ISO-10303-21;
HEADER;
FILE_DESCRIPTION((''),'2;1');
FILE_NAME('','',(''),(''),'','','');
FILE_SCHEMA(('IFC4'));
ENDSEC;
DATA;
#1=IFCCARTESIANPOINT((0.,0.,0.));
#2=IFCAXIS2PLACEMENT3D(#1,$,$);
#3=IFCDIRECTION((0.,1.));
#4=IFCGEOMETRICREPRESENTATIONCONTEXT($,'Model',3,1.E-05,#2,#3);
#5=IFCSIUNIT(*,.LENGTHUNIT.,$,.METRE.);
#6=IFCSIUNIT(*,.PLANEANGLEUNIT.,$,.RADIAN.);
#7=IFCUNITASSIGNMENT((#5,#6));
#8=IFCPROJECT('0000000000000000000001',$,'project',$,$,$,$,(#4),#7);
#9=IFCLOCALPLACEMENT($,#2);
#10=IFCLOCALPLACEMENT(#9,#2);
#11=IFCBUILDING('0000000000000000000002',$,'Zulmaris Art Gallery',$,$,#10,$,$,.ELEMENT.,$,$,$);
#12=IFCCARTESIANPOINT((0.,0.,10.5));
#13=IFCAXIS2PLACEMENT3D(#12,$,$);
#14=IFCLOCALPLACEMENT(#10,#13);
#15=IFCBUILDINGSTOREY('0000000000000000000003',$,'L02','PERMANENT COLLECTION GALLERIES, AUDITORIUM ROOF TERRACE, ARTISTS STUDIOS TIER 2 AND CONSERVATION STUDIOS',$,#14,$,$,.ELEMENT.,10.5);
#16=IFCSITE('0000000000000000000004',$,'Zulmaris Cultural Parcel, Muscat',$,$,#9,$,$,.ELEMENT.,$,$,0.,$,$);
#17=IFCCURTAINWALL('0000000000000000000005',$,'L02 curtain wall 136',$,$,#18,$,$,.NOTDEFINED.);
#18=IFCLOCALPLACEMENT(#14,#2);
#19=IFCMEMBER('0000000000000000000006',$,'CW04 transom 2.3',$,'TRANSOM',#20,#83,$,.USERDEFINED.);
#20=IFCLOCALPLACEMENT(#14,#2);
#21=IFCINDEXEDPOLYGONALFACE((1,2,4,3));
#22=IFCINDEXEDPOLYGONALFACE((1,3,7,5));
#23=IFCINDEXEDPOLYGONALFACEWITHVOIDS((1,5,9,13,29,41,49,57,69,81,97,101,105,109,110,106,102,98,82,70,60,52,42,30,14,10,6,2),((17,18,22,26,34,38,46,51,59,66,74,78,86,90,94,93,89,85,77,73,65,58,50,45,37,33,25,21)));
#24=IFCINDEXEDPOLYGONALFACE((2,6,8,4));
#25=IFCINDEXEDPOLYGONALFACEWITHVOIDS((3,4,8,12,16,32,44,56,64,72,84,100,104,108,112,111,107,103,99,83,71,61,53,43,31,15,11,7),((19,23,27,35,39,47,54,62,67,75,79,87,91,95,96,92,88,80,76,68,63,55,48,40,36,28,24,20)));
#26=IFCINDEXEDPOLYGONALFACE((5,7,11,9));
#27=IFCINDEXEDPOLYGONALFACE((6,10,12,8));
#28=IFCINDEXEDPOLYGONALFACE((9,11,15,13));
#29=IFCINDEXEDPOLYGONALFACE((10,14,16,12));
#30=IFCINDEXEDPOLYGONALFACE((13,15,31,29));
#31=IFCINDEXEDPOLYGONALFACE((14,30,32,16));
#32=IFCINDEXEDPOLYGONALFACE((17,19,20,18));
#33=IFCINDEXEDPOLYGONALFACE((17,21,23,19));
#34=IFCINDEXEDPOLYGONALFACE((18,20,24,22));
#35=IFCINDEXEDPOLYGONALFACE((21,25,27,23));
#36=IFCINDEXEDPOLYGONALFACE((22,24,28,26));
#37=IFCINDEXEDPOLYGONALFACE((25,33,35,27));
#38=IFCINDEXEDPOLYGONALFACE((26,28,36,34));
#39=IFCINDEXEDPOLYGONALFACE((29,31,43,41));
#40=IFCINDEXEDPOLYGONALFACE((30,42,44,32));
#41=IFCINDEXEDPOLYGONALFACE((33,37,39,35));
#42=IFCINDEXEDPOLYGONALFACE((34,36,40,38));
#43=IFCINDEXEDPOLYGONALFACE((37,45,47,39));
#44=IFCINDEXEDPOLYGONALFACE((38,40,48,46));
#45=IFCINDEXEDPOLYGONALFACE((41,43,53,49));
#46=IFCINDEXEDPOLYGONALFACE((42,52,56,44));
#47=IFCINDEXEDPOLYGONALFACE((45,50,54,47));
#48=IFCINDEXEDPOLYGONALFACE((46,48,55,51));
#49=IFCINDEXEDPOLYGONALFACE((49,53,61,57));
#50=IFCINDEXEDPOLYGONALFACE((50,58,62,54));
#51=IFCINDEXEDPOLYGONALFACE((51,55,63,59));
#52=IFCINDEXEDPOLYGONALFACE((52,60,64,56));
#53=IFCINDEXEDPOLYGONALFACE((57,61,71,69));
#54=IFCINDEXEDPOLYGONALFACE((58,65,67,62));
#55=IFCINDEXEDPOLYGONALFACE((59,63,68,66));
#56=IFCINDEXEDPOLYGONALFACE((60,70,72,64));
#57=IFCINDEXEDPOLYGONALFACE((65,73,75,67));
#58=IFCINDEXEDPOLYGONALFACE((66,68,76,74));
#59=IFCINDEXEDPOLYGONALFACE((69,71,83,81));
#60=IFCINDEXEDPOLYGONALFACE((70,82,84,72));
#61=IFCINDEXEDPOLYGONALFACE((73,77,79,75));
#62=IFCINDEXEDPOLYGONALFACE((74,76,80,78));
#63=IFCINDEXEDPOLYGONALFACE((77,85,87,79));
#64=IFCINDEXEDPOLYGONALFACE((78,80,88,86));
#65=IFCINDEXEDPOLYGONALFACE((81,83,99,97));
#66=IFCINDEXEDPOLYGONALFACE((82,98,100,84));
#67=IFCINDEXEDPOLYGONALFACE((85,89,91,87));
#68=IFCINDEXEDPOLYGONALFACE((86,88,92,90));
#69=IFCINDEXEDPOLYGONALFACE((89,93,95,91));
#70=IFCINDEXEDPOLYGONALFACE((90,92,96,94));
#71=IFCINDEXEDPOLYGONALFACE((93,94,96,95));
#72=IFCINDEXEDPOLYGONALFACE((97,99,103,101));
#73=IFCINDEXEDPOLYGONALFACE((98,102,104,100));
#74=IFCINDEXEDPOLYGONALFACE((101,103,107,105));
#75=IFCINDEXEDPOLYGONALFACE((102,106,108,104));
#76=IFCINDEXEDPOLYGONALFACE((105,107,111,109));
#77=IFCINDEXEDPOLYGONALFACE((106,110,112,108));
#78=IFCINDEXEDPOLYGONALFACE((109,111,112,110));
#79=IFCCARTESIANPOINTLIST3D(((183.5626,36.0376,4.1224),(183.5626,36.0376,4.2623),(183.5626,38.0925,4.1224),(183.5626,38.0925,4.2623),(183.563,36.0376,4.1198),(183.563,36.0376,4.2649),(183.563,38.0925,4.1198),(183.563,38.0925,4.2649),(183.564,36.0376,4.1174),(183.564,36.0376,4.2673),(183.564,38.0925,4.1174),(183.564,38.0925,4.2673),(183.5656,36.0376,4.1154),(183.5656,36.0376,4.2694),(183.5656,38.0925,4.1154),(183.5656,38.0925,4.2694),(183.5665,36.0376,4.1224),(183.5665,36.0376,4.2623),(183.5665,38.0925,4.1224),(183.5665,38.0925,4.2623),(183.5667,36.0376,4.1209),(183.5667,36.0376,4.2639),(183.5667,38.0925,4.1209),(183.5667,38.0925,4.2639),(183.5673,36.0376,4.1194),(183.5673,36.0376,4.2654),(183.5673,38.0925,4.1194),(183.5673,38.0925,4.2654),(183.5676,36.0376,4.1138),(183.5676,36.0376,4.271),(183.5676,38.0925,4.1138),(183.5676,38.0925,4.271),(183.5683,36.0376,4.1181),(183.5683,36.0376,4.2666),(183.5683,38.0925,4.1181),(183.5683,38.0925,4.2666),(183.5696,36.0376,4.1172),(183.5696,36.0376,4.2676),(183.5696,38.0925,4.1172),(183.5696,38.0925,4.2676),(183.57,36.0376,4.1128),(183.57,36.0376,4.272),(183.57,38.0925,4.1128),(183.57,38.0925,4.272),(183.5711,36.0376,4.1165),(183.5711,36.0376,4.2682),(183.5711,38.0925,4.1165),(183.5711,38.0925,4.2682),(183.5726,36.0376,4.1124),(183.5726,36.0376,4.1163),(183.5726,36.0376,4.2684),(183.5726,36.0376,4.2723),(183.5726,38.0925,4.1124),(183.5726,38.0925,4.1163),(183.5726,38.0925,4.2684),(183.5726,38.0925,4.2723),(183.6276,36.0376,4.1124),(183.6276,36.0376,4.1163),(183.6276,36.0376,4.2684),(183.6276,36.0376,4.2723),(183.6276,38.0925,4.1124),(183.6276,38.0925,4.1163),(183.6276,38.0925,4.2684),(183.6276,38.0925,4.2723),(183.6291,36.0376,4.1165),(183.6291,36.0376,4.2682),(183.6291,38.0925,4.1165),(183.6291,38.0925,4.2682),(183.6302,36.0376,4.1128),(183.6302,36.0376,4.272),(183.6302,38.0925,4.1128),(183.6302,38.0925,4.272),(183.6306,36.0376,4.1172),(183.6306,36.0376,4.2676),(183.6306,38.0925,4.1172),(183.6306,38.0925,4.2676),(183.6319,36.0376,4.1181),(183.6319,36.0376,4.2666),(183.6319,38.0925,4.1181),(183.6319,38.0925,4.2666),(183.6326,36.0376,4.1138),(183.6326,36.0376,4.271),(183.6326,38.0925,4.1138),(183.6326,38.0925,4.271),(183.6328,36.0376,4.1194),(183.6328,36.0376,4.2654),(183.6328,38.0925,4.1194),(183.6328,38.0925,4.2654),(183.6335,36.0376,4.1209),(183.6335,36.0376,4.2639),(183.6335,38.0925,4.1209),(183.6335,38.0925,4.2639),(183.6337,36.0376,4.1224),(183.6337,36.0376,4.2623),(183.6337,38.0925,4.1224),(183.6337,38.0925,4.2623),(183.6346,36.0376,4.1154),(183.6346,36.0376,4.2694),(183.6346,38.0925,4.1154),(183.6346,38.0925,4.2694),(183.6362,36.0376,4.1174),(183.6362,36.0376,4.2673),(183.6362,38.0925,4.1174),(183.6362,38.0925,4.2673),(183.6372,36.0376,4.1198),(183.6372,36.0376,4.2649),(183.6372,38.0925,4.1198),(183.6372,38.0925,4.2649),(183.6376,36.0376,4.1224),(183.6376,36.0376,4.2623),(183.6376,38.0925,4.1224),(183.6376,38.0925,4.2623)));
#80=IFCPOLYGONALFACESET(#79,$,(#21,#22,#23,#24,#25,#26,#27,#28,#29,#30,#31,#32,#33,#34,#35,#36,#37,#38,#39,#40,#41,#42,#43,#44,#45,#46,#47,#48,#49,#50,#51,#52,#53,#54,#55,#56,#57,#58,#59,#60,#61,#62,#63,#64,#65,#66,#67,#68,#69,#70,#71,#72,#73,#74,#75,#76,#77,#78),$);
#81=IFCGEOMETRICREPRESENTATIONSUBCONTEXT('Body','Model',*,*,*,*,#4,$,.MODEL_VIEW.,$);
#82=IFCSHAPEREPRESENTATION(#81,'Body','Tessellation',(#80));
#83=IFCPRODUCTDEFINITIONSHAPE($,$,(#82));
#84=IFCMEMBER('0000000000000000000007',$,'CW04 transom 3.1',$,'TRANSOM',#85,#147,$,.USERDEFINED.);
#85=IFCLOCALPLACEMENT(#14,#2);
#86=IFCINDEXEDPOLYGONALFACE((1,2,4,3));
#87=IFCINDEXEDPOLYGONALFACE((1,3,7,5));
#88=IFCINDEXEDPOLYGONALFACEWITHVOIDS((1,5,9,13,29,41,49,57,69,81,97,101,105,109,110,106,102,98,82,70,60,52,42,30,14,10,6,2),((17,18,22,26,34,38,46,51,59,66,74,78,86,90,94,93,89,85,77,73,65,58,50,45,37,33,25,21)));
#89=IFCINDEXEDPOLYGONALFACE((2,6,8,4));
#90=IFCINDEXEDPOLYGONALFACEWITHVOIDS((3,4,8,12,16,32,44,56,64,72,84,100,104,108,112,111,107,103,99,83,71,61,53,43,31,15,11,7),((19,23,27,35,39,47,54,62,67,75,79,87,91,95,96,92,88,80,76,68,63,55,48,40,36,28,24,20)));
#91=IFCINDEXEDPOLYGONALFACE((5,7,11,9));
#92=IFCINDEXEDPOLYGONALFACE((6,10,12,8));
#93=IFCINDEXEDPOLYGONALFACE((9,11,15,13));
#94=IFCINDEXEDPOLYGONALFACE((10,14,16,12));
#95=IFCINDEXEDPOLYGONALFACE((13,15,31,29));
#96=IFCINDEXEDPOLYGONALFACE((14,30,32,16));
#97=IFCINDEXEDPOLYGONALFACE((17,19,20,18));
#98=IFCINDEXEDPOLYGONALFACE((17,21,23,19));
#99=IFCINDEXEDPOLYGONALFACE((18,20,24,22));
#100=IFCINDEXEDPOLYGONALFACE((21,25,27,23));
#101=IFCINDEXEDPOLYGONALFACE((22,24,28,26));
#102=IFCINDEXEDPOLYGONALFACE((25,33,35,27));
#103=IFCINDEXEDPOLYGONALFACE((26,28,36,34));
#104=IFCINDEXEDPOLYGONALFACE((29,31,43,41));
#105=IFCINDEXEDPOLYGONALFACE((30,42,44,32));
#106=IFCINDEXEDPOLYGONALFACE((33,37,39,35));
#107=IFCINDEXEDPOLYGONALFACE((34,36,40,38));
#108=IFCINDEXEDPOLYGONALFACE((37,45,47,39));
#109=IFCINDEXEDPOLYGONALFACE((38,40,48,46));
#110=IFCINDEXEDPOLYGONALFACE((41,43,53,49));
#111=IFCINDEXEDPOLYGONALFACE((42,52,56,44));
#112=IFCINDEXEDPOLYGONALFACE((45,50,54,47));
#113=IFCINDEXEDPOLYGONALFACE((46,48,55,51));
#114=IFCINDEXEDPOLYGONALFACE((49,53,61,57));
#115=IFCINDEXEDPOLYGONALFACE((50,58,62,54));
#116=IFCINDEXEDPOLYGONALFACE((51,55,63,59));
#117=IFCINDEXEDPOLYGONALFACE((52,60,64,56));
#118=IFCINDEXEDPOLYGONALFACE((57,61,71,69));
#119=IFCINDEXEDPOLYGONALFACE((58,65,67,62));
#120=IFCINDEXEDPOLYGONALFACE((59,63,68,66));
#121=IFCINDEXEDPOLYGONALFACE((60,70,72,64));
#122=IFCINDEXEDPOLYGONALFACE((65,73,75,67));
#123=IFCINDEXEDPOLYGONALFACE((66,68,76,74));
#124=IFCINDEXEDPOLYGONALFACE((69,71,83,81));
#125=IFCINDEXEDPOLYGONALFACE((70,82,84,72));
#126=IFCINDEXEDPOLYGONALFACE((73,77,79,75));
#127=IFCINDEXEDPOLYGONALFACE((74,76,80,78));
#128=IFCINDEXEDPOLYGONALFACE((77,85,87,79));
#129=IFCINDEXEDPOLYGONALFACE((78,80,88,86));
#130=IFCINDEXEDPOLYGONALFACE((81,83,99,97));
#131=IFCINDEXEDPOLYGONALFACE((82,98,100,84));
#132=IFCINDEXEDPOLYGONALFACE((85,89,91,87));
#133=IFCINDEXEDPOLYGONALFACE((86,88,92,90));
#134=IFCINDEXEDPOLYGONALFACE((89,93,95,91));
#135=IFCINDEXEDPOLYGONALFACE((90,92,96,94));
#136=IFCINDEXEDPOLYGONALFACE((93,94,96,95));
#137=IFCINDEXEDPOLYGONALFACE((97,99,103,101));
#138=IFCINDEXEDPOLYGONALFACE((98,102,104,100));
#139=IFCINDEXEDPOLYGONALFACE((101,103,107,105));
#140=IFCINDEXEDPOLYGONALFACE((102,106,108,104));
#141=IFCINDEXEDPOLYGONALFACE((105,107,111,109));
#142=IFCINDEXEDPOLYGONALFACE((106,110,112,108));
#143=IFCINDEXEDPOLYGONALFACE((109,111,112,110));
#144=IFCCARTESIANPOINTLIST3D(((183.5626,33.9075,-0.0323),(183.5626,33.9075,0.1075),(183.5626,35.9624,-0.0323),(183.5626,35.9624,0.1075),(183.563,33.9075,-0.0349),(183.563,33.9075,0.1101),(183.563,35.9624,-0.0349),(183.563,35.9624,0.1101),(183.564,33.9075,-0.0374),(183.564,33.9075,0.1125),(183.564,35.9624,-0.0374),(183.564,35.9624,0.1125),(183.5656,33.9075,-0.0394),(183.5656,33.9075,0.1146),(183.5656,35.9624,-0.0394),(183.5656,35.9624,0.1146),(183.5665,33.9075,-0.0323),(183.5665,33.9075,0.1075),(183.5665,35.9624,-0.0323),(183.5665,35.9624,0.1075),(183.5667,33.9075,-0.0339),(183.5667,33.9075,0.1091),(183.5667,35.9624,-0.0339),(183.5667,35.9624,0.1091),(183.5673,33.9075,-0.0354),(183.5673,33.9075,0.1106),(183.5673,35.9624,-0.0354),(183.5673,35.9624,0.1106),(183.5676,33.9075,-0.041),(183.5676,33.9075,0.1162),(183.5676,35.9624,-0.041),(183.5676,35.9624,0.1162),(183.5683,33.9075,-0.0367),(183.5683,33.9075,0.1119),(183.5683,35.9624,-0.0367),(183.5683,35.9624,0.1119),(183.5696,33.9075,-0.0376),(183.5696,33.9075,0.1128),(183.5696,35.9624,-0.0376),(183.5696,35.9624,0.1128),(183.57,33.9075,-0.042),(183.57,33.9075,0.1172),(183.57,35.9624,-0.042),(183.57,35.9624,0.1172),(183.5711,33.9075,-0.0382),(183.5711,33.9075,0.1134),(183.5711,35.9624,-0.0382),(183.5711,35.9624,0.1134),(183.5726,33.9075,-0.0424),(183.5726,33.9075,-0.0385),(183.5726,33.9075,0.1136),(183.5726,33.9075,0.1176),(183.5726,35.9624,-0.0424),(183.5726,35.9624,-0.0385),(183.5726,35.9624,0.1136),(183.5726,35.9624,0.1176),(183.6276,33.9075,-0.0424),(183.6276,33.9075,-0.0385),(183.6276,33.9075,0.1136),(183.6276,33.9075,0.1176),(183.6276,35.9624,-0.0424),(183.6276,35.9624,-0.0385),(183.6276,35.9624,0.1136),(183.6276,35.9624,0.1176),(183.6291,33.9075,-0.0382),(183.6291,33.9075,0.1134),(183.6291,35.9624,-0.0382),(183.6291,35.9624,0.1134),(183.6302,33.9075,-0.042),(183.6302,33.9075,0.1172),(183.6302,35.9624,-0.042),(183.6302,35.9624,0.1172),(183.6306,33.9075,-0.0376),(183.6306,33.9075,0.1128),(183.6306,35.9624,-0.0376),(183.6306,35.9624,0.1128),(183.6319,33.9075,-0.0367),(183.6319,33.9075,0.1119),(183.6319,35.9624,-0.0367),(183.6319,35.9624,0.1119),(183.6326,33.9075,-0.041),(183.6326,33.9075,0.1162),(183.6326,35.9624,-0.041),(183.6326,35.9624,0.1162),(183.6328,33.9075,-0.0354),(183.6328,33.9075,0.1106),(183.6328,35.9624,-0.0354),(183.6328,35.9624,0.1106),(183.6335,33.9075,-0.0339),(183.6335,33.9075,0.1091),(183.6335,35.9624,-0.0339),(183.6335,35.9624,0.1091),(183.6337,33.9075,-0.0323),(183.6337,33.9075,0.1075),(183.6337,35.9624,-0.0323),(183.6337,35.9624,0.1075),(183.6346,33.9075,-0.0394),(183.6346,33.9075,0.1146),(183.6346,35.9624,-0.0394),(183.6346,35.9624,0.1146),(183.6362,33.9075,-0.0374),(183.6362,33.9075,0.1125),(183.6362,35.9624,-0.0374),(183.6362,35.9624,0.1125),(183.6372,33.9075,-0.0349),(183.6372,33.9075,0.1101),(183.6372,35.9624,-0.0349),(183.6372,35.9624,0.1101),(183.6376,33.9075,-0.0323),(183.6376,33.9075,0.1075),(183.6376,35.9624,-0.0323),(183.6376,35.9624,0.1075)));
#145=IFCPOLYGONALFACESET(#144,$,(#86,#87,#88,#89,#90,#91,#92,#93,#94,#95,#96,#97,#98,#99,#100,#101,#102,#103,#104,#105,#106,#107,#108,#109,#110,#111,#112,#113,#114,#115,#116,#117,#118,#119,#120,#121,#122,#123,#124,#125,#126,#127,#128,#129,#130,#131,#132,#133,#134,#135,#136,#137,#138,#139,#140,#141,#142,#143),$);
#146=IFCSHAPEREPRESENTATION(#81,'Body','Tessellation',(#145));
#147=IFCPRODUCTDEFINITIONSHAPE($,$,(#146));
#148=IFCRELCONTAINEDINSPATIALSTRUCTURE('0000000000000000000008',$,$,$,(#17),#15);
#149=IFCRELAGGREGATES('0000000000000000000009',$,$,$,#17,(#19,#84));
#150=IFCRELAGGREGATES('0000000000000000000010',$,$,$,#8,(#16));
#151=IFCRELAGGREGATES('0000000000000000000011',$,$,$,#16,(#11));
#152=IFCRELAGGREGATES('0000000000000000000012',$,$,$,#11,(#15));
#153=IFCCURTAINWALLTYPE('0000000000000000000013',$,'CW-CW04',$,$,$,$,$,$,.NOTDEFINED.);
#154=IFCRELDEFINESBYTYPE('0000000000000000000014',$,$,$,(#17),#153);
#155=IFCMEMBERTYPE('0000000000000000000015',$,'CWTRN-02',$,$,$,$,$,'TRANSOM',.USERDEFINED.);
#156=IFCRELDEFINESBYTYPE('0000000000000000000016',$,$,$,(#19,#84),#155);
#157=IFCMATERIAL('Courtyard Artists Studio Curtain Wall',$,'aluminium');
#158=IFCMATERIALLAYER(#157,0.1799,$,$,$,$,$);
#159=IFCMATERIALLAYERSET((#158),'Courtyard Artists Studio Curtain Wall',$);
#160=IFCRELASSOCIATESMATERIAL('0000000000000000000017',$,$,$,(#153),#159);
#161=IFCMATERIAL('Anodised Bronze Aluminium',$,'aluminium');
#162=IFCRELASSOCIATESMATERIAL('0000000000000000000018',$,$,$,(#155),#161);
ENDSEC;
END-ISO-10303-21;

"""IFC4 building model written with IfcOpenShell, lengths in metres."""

from ifc_helpers import new_model, si_unit, direction, frame, origin, origin_2d, place, context, subcontext, project, spatial, hollow_rectangle, extrude, material, layer, layer_set, material_profile, profile_set, type_object, element, aggregate, save


model = new_model("IFC4")

# Units and contexts
model_context = context("Model", 3, precision=1e-05, world=origin(), true_north=direction((0.0, 1.0)))
body_context = subcontext(model_context, "Body", "Model", "MODEL_VIEW")
ifc_project = project(units=[si_unit("LENGTHUNIT", "METRE"), si_unit("PLANEANGLEUNIT", "RADIAN")], contexts=[model_context])

# Site, building, storey
site_placement = place(None, origin())
site = spatial("IfcSite", under=ifc_project, at=site_placement, Name="Zulmaris Cultural Parcel, Muscat", CompositionType="ELEMENT", RefElevation=0.0)
building_placement = place(site_placement, origin())
building = spatial("IfcBuilding", under=site, at=building_placement, Name="Zulmaris Art Gallery", CompositionType="ELEMENT")
storey_placement = place(building_placement, frame((0.0, 0.0, 10.5)))
storey = spatial("IfcBuildingStorey", under=building, at=storey_placement, Name="L02", Description="PERMANENT COLLECTION GALLERIES, AUDITORIUM ROOF TERRACE, ARTISTS STUDIOS TIER 2 AND CONSERVATION STUDIOS", CompositionType="ELEMENT", Elevation=10.5)

# Curtain wall
ifc_material_1 = material(Name="Courtyard Artists Studio Curtain Wall", Category="aluminium")
ifc_layer_1 = layer(ifc_material_1, 0.1799)
ifc_layer_set_1 = layer_set([ifc_layer_1], Name="Courtyard Artists Studio Curtain Wall")
curtain_wall_type = type_object("IfcCurtainWallType", Name="CW-CW04", PredefinedType="NOTDEFINED", material=ifc_layer_set_1)
curtain_wall_1_placement = place(storey_placement, origin())
curtain_wall_1 = element("IfcCurtainWall", 1, at=curtain_wall_1_placement, inside=storey, type_object=curtain_wall_type, Name="L02 curtain wall 136", PredefinedType="NOTDEFINED")
ifc_material_2 = material(Name="Anodised Bronze Aluminium", Category="aluminium")

# Members
ifc_material_profile_1 = material_profile(ifc_material_2, hollow_rectangle(XDim=0.075, YDim=0.1599, WallThickness=0.0039, InnerFilletRadius=0.0061, OuterFilletRadius=0.01, at=origin_2d()), Name="ALU 75x160x4")
ifc_profile_set_1 = profile_set([ifc_material_profile_1], Name="Anodised Bronze Aluminium")
member_type_1 = type_object("IfcMemberType", Name="CWTRN-02", ElementType="TRANSOM", PredefinedType="USERDEFINED", material=ifc_profile_set_1)
member_1_placement = place(storey_placement, frame((183.6001, 38.0925, 4.1924), z_axis=(0.0, -1.0, 0.0), x_axis=(1.0, 0.0, 0.0)))
member_1 = element("IfcMember", 2, at=member_1_placement, type_object=member_type_1, Name="CW04 transom 2.3", ObjectType="TRANSOM", PredefinedType="USERDEFINED", context=body_context, shape_type="SweptSolid", body=[
    extrude(hollow_rectangle(XDim=0.075, YDim=0.1599, WallThickness=0.0039, InnerFilletRadius=0.0061, OuterFilletRadius=0.01, at=origin_2d()), origin(), (0.0, 0.0, 1.0), 2.0549),
])
member_2_placement = place(storey_placement, frame((183.6001, 35.9624, 0.0376), z_axis=(0.0, -1.0, 0.0), x_axis=(1.0, 0.0, 0.0)))
member_2 = element("IfcMember", 3, at=member_2_placement, type_object=member_type_1, Name="CW04 transom 3.1", ObjectType="TRANSOM", PredefinedType="USERDEFINED", context=body_context, shape_type="SweptSolid", body=[
    extrude(hollow_rectangle(XDim=0.075, YDim=0.1599, WallThickness=0.0039, InnerFilletRadius=0.0061, OuterFilletRadius=0.01, at=origin_2d()), origin(), (0.0, 0.0, 1.0), 2.0549),
])

aggregate(curtain_wall_1, [member_1, member_2])

save(model, "model.ifc")
